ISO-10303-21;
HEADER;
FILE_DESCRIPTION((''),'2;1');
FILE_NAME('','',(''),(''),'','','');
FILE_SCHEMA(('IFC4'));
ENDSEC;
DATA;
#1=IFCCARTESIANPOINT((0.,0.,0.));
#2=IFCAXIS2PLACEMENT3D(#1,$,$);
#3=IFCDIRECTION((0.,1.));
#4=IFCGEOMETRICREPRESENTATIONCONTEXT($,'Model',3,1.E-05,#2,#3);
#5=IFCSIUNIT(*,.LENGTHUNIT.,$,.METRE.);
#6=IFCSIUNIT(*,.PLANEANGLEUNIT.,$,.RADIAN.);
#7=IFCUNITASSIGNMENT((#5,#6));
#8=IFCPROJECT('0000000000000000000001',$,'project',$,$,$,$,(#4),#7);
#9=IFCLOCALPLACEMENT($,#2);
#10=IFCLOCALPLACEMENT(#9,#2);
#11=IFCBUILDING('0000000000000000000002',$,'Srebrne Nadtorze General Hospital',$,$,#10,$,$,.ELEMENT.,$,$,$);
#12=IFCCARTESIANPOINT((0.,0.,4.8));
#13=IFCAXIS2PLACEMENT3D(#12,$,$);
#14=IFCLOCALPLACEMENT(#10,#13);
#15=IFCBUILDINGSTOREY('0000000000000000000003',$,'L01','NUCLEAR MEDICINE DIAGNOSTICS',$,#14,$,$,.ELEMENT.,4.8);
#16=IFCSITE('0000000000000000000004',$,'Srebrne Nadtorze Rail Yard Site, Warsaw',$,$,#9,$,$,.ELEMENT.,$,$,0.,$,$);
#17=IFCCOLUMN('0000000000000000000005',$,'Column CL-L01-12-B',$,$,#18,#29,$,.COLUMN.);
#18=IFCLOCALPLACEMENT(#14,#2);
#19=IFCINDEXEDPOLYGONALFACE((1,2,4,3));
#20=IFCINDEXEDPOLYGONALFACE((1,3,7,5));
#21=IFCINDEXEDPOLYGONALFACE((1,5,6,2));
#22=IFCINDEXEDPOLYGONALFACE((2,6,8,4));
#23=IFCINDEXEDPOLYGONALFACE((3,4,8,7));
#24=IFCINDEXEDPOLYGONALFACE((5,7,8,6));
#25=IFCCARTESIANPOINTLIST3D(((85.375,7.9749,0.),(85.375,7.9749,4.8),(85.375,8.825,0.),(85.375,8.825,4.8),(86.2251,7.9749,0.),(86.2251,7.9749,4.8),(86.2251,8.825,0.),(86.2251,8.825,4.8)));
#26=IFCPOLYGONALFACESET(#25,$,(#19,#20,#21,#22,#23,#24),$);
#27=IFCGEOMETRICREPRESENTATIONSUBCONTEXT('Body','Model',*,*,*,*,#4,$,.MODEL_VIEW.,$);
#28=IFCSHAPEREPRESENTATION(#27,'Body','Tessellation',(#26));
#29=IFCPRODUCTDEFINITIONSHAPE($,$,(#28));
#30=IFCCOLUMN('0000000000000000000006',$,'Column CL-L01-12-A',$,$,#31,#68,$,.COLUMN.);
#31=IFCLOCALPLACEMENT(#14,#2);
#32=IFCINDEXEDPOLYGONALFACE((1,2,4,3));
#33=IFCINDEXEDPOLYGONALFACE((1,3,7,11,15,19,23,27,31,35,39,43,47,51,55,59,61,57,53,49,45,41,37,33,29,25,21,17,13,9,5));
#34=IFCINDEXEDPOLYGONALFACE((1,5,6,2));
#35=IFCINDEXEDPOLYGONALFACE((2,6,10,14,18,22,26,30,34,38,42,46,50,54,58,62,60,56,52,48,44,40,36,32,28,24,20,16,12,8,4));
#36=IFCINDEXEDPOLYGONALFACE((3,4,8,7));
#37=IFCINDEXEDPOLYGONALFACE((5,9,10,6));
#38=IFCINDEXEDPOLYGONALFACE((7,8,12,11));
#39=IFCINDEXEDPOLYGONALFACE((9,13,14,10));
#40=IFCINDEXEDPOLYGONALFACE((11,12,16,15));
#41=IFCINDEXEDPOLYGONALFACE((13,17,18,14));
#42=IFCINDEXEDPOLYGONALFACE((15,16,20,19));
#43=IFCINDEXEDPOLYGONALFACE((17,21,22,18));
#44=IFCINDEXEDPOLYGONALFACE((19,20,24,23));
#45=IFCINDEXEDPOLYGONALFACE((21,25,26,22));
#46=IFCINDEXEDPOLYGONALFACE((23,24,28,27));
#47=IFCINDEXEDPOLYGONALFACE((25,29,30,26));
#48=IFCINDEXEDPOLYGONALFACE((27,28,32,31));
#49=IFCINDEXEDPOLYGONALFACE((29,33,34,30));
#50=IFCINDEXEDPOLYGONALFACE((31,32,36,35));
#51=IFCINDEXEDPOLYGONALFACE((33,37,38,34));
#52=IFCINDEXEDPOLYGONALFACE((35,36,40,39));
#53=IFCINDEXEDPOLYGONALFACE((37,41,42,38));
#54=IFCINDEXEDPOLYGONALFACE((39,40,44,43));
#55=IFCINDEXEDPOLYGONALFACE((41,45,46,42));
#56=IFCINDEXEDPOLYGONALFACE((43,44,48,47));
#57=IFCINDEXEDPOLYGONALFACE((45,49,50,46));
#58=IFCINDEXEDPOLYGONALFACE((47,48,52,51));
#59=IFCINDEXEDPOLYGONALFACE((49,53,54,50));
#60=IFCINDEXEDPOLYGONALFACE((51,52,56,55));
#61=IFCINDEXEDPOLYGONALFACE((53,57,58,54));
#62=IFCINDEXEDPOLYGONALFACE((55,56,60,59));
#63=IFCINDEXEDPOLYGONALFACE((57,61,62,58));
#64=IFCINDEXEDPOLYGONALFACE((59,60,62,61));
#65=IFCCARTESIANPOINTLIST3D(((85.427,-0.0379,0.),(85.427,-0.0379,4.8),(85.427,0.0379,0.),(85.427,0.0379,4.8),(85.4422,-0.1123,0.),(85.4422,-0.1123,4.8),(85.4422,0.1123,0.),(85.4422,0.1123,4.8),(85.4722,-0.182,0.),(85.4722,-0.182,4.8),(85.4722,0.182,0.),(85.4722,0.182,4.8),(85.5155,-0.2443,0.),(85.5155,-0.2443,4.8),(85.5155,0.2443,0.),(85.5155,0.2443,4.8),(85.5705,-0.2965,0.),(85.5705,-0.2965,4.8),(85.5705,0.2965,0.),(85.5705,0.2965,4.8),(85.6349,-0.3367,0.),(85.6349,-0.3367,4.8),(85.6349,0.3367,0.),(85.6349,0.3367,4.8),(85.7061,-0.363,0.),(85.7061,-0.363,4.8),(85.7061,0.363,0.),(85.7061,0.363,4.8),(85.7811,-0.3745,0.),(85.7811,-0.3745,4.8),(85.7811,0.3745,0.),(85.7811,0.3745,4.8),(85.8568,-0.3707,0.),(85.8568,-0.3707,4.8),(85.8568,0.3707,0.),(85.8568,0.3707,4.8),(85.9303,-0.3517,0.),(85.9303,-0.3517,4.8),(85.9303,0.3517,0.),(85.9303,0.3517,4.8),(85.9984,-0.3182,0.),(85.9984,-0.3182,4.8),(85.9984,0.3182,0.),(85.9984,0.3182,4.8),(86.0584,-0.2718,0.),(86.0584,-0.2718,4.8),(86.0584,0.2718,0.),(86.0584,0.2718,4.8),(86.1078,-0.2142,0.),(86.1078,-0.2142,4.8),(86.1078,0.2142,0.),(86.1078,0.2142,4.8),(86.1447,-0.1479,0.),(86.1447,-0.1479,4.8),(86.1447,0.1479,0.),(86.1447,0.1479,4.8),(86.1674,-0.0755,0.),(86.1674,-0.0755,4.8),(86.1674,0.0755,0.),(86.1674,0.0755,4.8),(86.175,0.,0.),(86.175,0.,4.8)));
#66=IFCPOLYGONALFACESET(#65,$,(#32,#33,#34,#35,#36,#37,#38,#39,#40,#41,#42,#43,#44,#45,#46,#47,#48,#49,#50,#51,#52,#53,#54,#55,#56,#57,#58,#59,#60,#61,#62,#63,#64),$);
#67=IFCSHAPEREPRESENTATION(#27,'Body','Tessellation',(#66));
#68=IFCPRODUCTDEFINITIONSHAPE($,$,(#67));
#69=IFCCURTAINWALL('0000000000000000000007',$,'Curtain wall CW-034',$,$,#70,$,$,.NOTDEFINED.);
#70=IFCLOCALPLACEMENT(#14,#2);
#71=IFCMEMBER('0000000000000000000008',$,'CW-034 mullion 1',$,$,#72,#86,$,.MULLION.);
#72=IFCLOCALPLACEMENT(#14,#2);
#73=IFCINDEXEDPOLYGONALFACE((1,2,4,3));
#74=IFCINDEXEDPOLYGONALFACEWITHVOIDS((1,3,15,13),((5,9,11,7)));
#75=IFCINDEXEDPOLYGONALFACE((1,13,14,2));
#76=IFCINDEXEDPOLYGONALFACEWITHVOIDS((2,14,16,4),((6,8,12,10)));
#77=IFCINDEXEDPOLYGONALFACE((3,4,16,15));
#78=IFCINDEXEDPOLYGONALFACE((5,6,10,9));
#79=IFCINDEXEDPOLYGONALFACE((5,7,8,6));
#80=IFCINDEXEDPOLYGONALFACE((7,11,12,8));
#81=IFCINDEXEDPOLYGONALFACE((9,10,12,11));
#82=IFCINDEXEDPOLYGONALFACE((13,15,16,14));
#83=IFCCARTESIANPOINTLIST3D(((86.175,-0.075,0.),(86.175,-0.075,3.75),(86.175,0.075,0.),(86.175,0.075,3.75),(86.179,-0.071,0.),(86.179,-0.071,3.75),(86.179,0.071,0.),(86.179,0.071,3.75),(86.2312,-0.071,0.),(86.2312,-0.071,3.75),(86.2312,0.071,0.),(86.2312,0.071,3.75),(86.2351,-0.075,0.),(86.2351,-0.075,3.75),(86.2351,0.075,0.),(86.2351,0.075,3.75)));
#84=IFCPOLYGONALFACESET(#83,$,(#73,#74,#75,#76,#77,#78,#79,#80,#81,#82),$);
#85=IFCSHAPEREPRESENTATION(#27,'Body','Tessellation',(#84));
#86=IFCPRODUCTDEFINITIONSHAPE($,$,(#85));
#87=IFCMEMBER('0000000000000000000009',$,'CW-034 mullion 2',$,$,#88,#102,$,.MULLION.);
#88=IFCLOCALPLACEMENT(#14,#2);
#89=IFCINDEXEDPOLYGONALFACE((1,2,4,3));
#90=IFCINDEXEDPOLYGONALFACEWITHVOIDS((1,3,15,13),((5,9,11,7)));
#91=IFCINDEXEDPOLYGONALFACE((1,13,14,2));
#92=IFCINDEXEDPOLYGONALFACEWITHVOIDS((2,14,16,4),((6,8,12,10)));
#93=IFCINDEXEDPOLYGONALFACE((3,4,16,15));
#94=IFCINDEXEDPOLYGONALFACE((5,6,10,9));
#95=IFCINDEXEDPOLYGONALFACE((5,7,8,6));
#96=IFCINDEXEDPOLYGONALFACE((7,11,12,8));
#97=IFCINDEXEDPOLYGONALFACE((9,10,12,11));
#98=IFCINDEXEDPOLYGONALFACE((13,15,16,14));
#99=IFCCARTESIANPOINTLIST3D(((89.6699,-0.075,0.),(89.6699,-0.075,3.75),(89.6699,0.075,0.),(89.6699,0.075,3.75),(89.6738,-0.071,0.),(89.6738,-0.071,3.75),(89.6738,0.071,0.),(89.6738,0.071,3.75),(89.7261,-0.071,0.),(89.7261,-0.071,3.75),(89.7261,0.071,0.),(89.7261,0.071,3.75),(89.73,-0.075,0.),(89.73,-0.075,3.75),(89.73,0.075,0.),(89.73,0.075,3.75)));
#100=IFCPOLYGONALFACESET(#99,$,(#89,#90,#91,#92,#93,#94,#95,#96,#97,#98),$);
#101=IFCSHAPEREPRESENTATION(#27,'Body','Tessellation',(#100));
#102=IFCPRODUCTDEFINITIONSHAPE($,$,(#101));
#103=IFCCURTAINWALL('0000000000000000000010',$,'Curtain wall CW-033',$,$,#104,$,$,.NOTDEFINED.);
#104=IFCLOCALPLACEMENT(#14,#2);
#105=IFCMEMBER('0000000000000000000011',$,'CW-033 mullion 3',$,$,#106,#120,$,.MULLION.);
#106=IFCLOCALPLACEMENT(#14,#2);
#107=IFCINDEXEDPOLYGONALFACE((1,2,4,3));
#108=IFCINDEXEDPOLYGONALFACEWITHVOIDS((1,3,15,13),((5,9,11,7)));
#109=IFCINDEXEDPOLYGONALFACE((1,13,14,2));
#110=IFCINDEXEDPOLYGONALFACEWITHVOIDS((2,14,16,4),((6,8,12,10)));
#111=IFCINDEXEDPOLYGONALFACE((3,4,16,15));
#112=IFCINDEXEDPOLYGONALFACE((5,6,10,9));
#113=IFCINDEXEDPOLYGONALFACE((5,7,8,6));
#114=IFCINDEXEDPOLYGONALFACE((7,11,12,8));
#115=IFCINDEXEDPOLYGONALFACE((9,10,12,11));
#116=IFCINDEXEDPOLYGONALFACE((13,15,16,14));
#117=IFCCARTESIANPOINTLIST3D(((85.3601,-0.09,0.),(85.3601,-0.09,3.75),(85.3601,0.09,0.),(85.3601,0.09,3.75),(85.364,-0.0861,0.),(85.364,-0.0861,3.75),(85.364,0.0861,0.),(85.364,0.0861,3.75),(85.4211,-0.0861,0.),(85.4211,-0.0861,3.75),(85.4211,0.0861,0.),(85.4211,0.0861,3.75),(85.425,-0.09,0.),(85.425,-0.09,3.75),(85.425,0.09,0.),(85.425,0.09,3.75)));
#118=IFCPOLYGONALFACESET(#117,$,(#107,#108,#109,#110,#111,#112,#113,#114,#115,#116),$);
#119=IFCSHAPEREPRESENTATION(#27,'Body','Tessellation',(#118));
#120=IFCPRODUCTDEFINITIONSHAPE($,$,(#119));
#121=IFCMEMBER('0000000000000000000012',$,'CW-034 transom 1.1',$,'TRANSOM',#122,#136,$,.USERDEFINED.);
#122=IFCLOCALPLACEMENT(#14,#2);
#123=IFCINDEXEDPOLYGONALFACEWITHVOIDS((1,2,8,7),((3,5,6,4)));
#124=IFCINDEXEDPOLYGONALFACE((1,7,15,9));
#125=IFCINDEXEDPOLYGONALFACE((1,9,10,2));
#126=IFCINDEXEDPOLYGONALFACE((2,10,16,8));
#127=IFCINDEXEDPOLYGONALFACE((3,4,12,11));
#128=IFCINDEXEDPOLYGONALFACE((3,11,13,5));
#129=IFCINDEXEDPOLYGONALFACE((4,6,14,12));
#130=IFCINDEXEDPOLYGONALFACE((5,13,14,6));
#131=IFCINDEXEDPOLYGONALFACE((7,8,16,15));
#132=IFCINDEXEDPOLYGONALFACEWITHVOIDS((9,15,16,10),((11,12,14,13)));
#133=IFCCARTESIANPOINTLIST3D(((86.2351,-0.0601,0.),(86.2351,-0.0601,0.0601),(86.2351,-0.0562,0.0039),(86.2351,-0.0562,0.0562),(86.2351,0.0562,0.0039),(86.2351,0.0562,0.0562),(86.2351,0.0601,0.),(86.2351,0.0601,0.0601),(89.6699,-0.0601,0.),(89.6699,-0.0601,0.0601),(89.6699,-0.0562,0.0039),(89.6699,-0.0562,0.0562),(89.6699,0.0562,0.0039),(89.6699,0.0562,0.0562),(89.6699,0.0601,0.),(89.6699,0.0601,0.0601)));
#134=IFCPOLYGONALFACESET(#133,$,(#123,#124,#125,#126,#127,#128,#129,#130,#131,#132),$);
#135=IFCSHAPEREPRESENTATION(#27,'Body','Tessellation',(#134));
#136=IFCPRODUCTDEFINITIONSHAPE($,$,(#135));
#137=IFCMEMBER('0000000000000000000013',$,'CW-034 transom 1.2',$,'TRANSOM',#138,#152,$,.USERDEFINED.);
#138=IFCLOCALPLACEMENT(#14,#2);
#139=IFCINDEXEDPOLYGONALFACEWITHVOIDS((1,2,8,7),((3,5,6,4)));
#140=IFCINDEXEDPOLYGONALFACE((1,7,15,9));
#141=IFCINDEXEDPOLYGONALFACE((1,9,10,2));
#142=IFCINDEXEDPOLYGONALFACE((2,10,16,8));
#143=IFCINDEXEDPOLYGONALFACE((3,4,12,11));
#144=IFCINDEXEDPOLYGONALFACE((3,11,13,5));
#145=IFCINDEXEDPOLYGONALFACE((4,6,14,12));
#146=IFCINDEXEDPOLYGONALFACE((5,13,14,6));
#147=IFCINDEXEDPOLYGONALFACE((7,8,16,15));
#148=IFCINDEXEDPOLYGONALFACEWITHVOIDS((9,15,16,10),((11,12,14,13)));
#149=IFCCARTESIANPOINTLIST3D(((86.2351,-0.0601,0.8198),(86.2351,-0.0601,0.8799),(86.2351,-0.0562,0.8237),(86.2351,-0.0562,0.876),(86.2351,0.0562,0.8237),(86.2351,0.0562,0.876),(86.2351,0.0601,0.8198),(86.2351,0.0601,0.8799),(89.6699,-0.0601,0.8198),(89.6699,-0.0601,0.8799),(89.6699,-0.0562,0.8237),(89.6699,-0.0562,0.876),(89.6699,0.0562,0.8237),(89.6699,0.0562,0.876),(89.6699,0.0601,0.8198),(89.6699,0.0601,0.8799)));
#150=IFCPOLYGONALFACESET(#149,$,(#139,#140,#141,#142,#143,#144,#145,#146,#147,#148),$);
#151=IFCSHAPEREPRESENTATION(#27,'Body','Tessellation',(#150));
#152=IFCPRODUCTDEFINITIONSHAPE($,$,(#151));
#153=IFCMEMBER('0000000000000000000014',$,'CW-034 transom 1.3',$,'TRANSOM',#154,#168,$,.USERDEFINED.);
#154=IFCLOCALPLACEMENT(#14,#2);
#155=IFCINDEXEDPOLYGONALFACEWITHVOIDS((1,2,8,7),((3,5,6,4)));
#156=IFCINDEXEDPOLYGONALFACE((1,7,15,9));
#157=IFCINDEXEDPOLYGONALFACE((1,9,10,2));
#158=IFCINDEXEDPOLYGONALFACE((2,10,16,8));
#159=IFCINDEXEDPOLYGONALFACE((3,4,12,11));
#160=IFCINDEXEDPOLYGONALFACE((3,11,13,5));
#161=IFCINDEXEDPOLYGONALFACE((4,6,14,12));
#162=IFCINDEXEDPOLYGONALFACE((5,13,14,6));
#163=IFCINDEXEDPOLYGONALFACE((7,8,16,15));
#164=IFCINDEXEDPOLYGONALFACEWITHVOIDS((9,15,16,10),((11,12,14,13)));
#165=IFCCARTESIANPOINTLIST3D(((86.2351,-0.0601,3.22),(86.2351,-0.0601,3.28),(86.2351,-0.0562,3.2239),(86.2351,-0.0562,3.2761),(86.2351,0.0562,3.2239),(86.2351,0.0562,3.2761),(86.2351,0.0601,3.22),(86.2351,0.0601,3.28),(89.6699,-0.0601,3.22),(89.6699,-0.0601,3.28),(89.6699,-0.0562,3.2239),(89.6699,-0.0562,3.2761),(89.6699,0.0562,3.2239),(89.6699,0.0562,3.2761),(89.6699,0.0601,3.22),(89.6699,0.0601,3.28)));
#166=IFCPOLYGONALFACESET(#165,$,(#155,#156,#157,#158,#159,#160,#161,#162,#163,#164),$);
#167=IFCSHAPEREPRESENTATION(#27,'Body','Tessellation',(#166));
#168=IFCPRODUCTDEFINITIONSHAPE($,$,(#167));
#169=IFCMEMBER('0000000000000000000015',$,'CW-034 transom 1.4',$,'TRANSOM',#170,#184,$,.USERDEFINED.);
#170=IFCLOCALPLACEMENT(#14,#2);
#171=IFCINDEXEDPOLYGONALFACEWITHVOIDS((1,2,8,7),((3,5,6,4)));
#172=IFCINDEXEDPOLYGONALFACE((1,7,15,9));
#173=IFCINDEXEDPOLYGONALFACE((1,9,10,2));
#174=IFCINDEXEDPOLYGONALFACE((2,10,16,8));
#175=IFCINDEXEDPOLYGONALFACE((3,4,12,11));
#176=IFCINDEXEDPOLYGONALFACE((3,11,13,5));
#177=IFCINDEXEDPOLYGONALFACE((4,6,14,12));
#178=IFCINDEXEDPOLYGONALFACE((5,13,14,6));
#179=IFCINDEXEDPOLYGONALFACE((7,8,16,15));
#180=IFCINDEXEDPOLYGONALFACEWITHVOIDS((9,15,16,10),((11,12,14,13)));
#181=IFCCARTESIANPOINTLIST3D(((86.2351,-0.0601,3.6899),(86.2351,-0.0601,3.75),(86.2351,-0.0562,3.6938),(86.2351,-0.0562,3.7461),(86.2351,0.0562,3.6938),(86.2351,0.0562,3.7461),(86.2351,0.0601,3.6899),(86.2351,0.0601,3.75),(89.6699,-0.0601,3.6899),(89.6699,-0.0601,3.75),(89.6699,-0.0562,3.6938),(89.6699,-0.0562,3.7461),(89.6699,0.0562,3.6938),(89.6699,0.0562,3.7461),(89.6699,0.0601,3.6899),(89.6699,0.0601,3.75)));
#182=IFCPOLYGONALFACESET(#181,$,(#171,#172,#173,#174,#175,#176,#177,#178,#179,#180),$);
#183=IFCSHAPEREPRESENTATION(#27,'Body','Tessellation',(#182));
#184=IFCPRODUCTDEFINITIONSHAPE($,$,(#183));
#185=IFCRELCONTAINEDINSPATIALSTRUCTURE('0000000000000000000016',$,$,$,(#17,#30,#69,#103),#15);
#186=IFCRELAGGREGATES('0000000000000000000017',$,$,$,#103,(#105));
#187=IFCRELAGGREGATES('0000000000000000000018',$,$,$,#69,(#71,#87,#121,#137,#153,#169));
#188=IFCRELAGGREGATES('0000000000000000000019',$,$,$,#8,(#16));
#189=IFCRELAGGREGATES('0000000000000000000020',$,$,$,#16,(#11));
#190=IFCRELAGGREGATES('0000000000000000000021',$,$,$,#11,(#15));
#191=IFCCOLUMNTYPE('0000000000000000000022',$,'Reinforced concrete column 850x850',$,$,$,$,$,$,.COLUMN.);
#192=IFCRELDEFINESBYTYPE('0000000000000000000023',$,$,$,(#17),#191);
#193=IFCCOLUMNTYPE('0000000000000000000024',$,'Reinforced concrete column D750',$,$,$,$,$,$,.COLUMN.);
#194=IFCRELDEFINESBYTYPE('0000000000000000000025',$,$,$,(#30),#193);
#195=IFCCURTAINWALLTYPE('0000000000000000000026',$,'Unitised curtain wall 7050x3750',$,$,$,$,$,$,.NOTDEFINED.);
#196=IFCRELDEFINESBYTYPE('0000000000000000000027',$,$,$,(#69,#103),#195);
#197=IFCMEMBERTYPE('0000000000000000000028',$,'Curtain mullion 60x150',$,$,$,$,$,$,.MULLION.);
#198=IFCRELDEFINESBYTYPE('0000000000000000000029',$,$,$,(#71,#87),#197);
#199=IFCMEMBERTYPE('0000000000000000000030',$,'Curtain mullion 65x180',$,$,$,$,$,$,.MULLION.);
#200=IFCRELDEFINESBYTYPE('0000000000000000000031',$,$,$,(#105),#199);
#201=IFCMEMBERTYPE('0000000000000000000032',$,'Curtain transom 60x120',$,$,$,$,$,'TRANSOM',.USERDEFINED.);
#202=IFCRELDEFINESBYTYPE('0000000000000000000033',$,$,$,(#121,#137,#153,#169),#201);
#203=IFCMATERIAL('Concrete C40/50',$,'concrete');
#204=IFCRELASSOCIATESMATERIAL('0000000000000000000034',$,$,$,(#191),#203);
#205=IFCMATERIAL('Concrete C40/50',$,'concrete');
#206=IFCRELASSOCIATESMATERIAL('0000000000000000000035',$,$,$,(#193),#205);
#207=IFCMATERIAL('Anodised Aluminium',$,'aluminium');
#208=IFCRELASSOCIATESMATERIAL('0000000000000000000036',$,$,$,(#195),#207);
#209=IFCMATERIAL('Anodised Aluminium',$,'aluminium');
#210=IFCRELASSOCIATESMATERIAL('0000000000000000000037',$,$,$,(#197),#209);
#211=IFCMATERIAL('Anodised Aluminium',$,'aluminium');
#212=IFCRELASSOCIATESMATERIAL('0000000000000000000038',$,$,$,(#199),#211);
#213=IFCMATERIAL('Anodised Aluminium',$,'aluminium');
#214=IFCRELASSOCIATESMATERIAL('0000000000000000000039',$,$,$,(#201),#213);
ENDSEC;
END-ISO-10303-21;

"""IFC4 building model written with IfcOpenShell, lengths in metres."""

from ifc_helpers import new_model, si_unit, direction, frame, origin, origin_2d, place, context, subcontext, project, spatial, rectangle, hollow_rectangle, circle, extrude, material, material_profile, profile_set, type_object, element, aggregate, save


model = new_model("IFC4")

# Units and contexts
model_context = context("Model", 3, precision=1e-05, world=origin(), true_north=direction((0.0, 1.0)))
body_context = subcontext(model_context, "Body", "Model", "MODEL_VIEW")
ifc_project = project(units=[si_unit("LENGTHUNIT", "METRE"), si_unit("PLANEANGLEUNIT", "RADIAN")], contexts=[model_context])

# Site, building, storey
site_placement = place(None, origin())
site = spatial("IfcSite", under=ifc_project, at=site_placement, Name="Srebrne Nadtorze Rail Yard Site, Warsaw", CompositionType="ELEMENT", RefElevation=0.0)
building_placement = place(site_placement, origin())
building = spatial("IfcBuilding", under=site, at=building_placement, Name="Srebrne Nadtorze General Hospital", CompositionType="ELEMENT")
storey_placement = place(building_placement, frame((0.0, 0.0, 4.8)))
storey = spatial("IfcBuildingStorey", under=building, at=storey_placement, Name="L01", Description="NUCLEAR MEDICINE DIAGNOSTICS", CompositionType="ELEMENT", Elevation=4.8)

# Columns
ifc_material_1 = material(Name="Concrete C40/50", Category="concrete")
ifc_material_profile_1 = material_profile(ifc_material_1, rectangle(XDim=0.8501, YDim=0.8501, at=origin_2d()), Name="RC-COL-850x850")
ifc_profile_set_1 = profile_set([ifc_material_profile_1], Name="Concrete C40/50")
column_type_1 = type_object("IfcColumnType", Name="Reinforced concrete column 850x850", PredefinedType="COLUMN", material=ifc_profile_set_1)
column_1_placement = place(storey_placement, frame((85.8, 8.3999, 0.0), z_axis=(0.0, 0.0, 1.0), x_axis=(1.0, 0.0, 0.0)))
element("IfcColumn", 1, at=column_1_placement, inside=storey, type_object=column_type_1, Name="Column CL-L01-12-B", PredefinedType="COLUMN", context=body_context, shape_type="SweptSolid", body=[
    extrude(rectangle(XDim=0.8501, YDim=0.8501, at=origin_2d()), origin(), (0.0, 0.0, 1.0), 4.8),
])
ifc_material_2 = material(Name="Concrete C40/50", Category="concrete")
ifc_material_profile_2 = material_profile(ifc_material_2, circle(Radius=0.375, at=origin_2d()), Name="RC-COL-D750")
ifc_profile_set_2 = profile_set([ifc_material_profile_2], Name="Concrete C40/50")
column_type_2 = type_object("IfcColumnType", Name="Reinforced concrete column D750", PredefinedType="COLUMN", material=ifc_profile_set_2)
column_2_placement = place(storey_placement, frame((85.8, 0.0, 0.0), z_axis=(0.0, 0.0, 1.0), x_axis=(1.0, 0.0, 0.0)))
element("IfcColumn", 2, at=column_2_placement, inside=storey, type_object=column_type_2, Name="Column CL-L01-12-A", PredefinedType="COLUMN", context=body_context, shape_type="SweptSolid", body=[
    extrude(circle(Radius=0.375, at=origin_2d()), origin(), (0.0, 0.0, 1.0), 4.8),
])

# Curtain wall, members
ifc_material_3 = material(Name="Anodised Aluminium", Category="aluminium")
curtain_wall_type = type_object("IfcCurtainWallType", Name="Unitised curtain wall 7050x3750", PredefinedType="NOTDEFINED", material=ifc_material_3)
curtain_wall_1_placement = place(storey_placement, origin())
curtain_wall_1 = element("IfcCurtainWall", 3, at=curtain_wall_1_placement, inside=storey, type_object=curtain_wall_type, Name="Curtain wall CW-034", PredefinedType="NOTDEFINED")
ifc_material_4 = material(Name="Anodised Aluminium", Category="aluminium")
ifc_material_profile_3 = material_profile(ifc_material_4, hollow_rectangle(XDim=0.0601, YDim=0.1499, WallThickness=0.0039, at=origin_2d()), Name="AL-MUL-60x150")
ifc_profile_set_3 = profile_set([ifc_material_profile_3], Name="Anodised Aluminium")
member_type_1 = type_object("IfcMemberType", Name="Curtain mullion 60x150", PredefinedType="MULLION", material=ifc_profile_set_3)
member_1_placement = place(storey_placement, frame((86.2051, 0.0, 0.0), z_axis=(0.0, 0.0, 1.0), x_axis=(1.0, 0.0, 0.0)))
member_1 = element("IfcMember", 4, at=member_1_placement, type_object=member_type_1, Name="CW-034 mullion 1", PredefinedType="MULLION", context=body_context, shape_type="SweptSolid", body=[
    extrude(hollow_rectangle(XDim=0.0601, YDim=0.1499, WallThickness=0.0039, at=origin_2d()), origin(), (0.0, 0.0, 1.0), 3.75),
])
member_2_placement = place(storey_placement, frame((89.7, 0.0, 0.0), z_axis=(0.0, 0.0, 1.0), x_axis=(1.0, 0.0, 0.0)))
member_2 = element("IfcMember", 5, at=member_2_placement, type_object=member_type_1, Name="CW-034 mullion 2", PredefinedType="MULLION", context=body_context, shape_type="SweptSolid", body=[
    extrude(hollow_rectangle(XDim=0.0601, YDim=0.1499, WallThickness=0.0039, at=origin_2d()), origin(), (0.0, 0.0, 1.0), 3.75),
])

# Curtain wall, member
curtain_wall_2_placement = place(storey_placement, origin())
curtain_wall_2 = element("IfcCurtainWall", 6, at=curtain_wall_2_placement, inside=storey, type_object=curtain_wall_type, Name="Curtain wall CW-033", PredefinedType="NOTDEFINED")
ifc_material_5 = material(Name="Anodised Aluminium", Category="aluminium")
ifc_material_profile_4 = material_profile(ifc_material_5, hollow_rectangle(XDim=0.0649, YDim=0.1799, WallThickness=0.0039, at=origin_2d()), Name="AL-MUL-65x180")
ifc_profile_set_4 = profile_set([ifc_material_profile_4], Name="Anodised Aluminium")
member_type_2 = type_object("IfcMemberType", Name="Curtain mullion 65x180", PredefinedType="MULLION", material=ifc_profile_set_4)
member_3_placement = place(storey_placement, frame((85.3926, 0.0, 0.0), z_axis=(0.0, 0.0, 1.0), x_axis=(1.0, 0.0, 0.0)))
member_3 = element("IfcMember", 7, at=member_3_placement, type_object=member_type_2, Name="CW-033 mullion 3", PredefinedType="MULLION", context=body_context, shape_type="SweptSolid", body=[
    extrude(hollow_rectangle(XDim=0.0649, YDim=0.1799, WallThickness=0.0039, at=origin_2d()), origin(), (0.0, 0.0, 1.0), 3.75),
])

# Members
ifc_material_6 = material(Name="Anodised Aluminium", Category="aluminium")
ifc_material_profile_5 = material_profile(ifc_material_6, hollow_rectangle(XDim=0.0601, YDim=0.1201, WallThickness=0.0039, at=origin_2d()), Name="AL-TRN-60x120")
ifc_profile_set_5 = profile_set([ifc_material_profile_5], Name="Anodised Aluminium")
member_type_3 = type_object("IfcMemberType", Name="Curtain transom 60x120", ElementType="TRANSOM", PredefinedType="USERDEFINED", material=ifc_profile_set_5)
member_4_placement = place(storey_placement, frame((86.2351, 0.0, 0.03), z_axis=(1.0, 0.0, 0.0), x_axis=(0.0, 0.0, 1.0)))
member_4 = element("IfcMember", 8, at=member_4_placement, type_object=member_type_3, Name="CW-034 transom 1.1", ObjectType="TRANSOM", PredefinedType="USERDEFINED", context=body_context, shape_type="SweptSolid", body=[
    extrude(hollow_rectangle(XDim=0.0601, YDim=0.1201, WallThickness=0.0039, at=origin_2d()), origin(), (0.0, 0.0, 1.0), 3.4348),
])
member_5_placement = place(storey_placement, frame((86.2351, 0.0, 0.8499), z_axis=(1.0, 0.0, 0.0), x_axis=(0.0, 0.0, 1.0)))
member_5 = element("IfcMember", 9, at=member_5_placement, type_object=member_type_3, Name="CW-034 transom 1.2", ObjectType="TRANSOM", PredefinedType="USERDEFINED", context=body_context, shape_type="SweptSolid", body=[
    extrude(hollow_rectangle(XDim=0.0601, YDim=0.1201, WallThickness=0.0039, at=origin_2d()), origin(), (0.0, 0.0, 1.0), 3.4348),
])
member_6_placement = place(storey_placement, frame((86.2351, 0.0, 3.25), z_axis=(1.0, 0.0, 0.0), x_axis=(0.0, 0.0, 1.0)))
member_6 = element("IfcMember", 10, at=member_6_placement, type_object=member_type_3, Name="CW-034 transom 1.3", ObjectType="TRANSOM", PredefinedType="USERDEFINED", context=body_context, shape_type="SweptSolid", body=[
    extrude(hollow_rectangle(XDim=0.0601, YDim=0.1201, WallThickness=0.0039, at=origin_2d()), origin(), (0.0, 0.0, 1.0), 3.4348),
])
member_7_placement = place(storey_placement, frame((86.2351, 0.0, 3.72), z_axis=(1.0, 0.0, 0.0), x_axis=(0.0, 0.0, 1.0)))
member_7 = element("IfcMember", 11, at=member_7_placement, type_object=member_type_3, Name="CW-034 transom 1.4", ObjectType="TRANSOM", PredefinedType="USERDEFINED", context=body_context, shape_type="SweptSolid", body=[
    extrude(hollow_rectangle(XDim=0.0601, YDim=0.1201, WallThickness=0.0039, at=origin_2d()), origin(), (0.0, 0.0, 1.0), 3.4348),
])

aggregate(curtain_wall_2, [member_3])
aggregate(curtain_wall_1, [member_1, member_2, member_4, member_5, member_6, member_7])

save(model, "model.ifc")
